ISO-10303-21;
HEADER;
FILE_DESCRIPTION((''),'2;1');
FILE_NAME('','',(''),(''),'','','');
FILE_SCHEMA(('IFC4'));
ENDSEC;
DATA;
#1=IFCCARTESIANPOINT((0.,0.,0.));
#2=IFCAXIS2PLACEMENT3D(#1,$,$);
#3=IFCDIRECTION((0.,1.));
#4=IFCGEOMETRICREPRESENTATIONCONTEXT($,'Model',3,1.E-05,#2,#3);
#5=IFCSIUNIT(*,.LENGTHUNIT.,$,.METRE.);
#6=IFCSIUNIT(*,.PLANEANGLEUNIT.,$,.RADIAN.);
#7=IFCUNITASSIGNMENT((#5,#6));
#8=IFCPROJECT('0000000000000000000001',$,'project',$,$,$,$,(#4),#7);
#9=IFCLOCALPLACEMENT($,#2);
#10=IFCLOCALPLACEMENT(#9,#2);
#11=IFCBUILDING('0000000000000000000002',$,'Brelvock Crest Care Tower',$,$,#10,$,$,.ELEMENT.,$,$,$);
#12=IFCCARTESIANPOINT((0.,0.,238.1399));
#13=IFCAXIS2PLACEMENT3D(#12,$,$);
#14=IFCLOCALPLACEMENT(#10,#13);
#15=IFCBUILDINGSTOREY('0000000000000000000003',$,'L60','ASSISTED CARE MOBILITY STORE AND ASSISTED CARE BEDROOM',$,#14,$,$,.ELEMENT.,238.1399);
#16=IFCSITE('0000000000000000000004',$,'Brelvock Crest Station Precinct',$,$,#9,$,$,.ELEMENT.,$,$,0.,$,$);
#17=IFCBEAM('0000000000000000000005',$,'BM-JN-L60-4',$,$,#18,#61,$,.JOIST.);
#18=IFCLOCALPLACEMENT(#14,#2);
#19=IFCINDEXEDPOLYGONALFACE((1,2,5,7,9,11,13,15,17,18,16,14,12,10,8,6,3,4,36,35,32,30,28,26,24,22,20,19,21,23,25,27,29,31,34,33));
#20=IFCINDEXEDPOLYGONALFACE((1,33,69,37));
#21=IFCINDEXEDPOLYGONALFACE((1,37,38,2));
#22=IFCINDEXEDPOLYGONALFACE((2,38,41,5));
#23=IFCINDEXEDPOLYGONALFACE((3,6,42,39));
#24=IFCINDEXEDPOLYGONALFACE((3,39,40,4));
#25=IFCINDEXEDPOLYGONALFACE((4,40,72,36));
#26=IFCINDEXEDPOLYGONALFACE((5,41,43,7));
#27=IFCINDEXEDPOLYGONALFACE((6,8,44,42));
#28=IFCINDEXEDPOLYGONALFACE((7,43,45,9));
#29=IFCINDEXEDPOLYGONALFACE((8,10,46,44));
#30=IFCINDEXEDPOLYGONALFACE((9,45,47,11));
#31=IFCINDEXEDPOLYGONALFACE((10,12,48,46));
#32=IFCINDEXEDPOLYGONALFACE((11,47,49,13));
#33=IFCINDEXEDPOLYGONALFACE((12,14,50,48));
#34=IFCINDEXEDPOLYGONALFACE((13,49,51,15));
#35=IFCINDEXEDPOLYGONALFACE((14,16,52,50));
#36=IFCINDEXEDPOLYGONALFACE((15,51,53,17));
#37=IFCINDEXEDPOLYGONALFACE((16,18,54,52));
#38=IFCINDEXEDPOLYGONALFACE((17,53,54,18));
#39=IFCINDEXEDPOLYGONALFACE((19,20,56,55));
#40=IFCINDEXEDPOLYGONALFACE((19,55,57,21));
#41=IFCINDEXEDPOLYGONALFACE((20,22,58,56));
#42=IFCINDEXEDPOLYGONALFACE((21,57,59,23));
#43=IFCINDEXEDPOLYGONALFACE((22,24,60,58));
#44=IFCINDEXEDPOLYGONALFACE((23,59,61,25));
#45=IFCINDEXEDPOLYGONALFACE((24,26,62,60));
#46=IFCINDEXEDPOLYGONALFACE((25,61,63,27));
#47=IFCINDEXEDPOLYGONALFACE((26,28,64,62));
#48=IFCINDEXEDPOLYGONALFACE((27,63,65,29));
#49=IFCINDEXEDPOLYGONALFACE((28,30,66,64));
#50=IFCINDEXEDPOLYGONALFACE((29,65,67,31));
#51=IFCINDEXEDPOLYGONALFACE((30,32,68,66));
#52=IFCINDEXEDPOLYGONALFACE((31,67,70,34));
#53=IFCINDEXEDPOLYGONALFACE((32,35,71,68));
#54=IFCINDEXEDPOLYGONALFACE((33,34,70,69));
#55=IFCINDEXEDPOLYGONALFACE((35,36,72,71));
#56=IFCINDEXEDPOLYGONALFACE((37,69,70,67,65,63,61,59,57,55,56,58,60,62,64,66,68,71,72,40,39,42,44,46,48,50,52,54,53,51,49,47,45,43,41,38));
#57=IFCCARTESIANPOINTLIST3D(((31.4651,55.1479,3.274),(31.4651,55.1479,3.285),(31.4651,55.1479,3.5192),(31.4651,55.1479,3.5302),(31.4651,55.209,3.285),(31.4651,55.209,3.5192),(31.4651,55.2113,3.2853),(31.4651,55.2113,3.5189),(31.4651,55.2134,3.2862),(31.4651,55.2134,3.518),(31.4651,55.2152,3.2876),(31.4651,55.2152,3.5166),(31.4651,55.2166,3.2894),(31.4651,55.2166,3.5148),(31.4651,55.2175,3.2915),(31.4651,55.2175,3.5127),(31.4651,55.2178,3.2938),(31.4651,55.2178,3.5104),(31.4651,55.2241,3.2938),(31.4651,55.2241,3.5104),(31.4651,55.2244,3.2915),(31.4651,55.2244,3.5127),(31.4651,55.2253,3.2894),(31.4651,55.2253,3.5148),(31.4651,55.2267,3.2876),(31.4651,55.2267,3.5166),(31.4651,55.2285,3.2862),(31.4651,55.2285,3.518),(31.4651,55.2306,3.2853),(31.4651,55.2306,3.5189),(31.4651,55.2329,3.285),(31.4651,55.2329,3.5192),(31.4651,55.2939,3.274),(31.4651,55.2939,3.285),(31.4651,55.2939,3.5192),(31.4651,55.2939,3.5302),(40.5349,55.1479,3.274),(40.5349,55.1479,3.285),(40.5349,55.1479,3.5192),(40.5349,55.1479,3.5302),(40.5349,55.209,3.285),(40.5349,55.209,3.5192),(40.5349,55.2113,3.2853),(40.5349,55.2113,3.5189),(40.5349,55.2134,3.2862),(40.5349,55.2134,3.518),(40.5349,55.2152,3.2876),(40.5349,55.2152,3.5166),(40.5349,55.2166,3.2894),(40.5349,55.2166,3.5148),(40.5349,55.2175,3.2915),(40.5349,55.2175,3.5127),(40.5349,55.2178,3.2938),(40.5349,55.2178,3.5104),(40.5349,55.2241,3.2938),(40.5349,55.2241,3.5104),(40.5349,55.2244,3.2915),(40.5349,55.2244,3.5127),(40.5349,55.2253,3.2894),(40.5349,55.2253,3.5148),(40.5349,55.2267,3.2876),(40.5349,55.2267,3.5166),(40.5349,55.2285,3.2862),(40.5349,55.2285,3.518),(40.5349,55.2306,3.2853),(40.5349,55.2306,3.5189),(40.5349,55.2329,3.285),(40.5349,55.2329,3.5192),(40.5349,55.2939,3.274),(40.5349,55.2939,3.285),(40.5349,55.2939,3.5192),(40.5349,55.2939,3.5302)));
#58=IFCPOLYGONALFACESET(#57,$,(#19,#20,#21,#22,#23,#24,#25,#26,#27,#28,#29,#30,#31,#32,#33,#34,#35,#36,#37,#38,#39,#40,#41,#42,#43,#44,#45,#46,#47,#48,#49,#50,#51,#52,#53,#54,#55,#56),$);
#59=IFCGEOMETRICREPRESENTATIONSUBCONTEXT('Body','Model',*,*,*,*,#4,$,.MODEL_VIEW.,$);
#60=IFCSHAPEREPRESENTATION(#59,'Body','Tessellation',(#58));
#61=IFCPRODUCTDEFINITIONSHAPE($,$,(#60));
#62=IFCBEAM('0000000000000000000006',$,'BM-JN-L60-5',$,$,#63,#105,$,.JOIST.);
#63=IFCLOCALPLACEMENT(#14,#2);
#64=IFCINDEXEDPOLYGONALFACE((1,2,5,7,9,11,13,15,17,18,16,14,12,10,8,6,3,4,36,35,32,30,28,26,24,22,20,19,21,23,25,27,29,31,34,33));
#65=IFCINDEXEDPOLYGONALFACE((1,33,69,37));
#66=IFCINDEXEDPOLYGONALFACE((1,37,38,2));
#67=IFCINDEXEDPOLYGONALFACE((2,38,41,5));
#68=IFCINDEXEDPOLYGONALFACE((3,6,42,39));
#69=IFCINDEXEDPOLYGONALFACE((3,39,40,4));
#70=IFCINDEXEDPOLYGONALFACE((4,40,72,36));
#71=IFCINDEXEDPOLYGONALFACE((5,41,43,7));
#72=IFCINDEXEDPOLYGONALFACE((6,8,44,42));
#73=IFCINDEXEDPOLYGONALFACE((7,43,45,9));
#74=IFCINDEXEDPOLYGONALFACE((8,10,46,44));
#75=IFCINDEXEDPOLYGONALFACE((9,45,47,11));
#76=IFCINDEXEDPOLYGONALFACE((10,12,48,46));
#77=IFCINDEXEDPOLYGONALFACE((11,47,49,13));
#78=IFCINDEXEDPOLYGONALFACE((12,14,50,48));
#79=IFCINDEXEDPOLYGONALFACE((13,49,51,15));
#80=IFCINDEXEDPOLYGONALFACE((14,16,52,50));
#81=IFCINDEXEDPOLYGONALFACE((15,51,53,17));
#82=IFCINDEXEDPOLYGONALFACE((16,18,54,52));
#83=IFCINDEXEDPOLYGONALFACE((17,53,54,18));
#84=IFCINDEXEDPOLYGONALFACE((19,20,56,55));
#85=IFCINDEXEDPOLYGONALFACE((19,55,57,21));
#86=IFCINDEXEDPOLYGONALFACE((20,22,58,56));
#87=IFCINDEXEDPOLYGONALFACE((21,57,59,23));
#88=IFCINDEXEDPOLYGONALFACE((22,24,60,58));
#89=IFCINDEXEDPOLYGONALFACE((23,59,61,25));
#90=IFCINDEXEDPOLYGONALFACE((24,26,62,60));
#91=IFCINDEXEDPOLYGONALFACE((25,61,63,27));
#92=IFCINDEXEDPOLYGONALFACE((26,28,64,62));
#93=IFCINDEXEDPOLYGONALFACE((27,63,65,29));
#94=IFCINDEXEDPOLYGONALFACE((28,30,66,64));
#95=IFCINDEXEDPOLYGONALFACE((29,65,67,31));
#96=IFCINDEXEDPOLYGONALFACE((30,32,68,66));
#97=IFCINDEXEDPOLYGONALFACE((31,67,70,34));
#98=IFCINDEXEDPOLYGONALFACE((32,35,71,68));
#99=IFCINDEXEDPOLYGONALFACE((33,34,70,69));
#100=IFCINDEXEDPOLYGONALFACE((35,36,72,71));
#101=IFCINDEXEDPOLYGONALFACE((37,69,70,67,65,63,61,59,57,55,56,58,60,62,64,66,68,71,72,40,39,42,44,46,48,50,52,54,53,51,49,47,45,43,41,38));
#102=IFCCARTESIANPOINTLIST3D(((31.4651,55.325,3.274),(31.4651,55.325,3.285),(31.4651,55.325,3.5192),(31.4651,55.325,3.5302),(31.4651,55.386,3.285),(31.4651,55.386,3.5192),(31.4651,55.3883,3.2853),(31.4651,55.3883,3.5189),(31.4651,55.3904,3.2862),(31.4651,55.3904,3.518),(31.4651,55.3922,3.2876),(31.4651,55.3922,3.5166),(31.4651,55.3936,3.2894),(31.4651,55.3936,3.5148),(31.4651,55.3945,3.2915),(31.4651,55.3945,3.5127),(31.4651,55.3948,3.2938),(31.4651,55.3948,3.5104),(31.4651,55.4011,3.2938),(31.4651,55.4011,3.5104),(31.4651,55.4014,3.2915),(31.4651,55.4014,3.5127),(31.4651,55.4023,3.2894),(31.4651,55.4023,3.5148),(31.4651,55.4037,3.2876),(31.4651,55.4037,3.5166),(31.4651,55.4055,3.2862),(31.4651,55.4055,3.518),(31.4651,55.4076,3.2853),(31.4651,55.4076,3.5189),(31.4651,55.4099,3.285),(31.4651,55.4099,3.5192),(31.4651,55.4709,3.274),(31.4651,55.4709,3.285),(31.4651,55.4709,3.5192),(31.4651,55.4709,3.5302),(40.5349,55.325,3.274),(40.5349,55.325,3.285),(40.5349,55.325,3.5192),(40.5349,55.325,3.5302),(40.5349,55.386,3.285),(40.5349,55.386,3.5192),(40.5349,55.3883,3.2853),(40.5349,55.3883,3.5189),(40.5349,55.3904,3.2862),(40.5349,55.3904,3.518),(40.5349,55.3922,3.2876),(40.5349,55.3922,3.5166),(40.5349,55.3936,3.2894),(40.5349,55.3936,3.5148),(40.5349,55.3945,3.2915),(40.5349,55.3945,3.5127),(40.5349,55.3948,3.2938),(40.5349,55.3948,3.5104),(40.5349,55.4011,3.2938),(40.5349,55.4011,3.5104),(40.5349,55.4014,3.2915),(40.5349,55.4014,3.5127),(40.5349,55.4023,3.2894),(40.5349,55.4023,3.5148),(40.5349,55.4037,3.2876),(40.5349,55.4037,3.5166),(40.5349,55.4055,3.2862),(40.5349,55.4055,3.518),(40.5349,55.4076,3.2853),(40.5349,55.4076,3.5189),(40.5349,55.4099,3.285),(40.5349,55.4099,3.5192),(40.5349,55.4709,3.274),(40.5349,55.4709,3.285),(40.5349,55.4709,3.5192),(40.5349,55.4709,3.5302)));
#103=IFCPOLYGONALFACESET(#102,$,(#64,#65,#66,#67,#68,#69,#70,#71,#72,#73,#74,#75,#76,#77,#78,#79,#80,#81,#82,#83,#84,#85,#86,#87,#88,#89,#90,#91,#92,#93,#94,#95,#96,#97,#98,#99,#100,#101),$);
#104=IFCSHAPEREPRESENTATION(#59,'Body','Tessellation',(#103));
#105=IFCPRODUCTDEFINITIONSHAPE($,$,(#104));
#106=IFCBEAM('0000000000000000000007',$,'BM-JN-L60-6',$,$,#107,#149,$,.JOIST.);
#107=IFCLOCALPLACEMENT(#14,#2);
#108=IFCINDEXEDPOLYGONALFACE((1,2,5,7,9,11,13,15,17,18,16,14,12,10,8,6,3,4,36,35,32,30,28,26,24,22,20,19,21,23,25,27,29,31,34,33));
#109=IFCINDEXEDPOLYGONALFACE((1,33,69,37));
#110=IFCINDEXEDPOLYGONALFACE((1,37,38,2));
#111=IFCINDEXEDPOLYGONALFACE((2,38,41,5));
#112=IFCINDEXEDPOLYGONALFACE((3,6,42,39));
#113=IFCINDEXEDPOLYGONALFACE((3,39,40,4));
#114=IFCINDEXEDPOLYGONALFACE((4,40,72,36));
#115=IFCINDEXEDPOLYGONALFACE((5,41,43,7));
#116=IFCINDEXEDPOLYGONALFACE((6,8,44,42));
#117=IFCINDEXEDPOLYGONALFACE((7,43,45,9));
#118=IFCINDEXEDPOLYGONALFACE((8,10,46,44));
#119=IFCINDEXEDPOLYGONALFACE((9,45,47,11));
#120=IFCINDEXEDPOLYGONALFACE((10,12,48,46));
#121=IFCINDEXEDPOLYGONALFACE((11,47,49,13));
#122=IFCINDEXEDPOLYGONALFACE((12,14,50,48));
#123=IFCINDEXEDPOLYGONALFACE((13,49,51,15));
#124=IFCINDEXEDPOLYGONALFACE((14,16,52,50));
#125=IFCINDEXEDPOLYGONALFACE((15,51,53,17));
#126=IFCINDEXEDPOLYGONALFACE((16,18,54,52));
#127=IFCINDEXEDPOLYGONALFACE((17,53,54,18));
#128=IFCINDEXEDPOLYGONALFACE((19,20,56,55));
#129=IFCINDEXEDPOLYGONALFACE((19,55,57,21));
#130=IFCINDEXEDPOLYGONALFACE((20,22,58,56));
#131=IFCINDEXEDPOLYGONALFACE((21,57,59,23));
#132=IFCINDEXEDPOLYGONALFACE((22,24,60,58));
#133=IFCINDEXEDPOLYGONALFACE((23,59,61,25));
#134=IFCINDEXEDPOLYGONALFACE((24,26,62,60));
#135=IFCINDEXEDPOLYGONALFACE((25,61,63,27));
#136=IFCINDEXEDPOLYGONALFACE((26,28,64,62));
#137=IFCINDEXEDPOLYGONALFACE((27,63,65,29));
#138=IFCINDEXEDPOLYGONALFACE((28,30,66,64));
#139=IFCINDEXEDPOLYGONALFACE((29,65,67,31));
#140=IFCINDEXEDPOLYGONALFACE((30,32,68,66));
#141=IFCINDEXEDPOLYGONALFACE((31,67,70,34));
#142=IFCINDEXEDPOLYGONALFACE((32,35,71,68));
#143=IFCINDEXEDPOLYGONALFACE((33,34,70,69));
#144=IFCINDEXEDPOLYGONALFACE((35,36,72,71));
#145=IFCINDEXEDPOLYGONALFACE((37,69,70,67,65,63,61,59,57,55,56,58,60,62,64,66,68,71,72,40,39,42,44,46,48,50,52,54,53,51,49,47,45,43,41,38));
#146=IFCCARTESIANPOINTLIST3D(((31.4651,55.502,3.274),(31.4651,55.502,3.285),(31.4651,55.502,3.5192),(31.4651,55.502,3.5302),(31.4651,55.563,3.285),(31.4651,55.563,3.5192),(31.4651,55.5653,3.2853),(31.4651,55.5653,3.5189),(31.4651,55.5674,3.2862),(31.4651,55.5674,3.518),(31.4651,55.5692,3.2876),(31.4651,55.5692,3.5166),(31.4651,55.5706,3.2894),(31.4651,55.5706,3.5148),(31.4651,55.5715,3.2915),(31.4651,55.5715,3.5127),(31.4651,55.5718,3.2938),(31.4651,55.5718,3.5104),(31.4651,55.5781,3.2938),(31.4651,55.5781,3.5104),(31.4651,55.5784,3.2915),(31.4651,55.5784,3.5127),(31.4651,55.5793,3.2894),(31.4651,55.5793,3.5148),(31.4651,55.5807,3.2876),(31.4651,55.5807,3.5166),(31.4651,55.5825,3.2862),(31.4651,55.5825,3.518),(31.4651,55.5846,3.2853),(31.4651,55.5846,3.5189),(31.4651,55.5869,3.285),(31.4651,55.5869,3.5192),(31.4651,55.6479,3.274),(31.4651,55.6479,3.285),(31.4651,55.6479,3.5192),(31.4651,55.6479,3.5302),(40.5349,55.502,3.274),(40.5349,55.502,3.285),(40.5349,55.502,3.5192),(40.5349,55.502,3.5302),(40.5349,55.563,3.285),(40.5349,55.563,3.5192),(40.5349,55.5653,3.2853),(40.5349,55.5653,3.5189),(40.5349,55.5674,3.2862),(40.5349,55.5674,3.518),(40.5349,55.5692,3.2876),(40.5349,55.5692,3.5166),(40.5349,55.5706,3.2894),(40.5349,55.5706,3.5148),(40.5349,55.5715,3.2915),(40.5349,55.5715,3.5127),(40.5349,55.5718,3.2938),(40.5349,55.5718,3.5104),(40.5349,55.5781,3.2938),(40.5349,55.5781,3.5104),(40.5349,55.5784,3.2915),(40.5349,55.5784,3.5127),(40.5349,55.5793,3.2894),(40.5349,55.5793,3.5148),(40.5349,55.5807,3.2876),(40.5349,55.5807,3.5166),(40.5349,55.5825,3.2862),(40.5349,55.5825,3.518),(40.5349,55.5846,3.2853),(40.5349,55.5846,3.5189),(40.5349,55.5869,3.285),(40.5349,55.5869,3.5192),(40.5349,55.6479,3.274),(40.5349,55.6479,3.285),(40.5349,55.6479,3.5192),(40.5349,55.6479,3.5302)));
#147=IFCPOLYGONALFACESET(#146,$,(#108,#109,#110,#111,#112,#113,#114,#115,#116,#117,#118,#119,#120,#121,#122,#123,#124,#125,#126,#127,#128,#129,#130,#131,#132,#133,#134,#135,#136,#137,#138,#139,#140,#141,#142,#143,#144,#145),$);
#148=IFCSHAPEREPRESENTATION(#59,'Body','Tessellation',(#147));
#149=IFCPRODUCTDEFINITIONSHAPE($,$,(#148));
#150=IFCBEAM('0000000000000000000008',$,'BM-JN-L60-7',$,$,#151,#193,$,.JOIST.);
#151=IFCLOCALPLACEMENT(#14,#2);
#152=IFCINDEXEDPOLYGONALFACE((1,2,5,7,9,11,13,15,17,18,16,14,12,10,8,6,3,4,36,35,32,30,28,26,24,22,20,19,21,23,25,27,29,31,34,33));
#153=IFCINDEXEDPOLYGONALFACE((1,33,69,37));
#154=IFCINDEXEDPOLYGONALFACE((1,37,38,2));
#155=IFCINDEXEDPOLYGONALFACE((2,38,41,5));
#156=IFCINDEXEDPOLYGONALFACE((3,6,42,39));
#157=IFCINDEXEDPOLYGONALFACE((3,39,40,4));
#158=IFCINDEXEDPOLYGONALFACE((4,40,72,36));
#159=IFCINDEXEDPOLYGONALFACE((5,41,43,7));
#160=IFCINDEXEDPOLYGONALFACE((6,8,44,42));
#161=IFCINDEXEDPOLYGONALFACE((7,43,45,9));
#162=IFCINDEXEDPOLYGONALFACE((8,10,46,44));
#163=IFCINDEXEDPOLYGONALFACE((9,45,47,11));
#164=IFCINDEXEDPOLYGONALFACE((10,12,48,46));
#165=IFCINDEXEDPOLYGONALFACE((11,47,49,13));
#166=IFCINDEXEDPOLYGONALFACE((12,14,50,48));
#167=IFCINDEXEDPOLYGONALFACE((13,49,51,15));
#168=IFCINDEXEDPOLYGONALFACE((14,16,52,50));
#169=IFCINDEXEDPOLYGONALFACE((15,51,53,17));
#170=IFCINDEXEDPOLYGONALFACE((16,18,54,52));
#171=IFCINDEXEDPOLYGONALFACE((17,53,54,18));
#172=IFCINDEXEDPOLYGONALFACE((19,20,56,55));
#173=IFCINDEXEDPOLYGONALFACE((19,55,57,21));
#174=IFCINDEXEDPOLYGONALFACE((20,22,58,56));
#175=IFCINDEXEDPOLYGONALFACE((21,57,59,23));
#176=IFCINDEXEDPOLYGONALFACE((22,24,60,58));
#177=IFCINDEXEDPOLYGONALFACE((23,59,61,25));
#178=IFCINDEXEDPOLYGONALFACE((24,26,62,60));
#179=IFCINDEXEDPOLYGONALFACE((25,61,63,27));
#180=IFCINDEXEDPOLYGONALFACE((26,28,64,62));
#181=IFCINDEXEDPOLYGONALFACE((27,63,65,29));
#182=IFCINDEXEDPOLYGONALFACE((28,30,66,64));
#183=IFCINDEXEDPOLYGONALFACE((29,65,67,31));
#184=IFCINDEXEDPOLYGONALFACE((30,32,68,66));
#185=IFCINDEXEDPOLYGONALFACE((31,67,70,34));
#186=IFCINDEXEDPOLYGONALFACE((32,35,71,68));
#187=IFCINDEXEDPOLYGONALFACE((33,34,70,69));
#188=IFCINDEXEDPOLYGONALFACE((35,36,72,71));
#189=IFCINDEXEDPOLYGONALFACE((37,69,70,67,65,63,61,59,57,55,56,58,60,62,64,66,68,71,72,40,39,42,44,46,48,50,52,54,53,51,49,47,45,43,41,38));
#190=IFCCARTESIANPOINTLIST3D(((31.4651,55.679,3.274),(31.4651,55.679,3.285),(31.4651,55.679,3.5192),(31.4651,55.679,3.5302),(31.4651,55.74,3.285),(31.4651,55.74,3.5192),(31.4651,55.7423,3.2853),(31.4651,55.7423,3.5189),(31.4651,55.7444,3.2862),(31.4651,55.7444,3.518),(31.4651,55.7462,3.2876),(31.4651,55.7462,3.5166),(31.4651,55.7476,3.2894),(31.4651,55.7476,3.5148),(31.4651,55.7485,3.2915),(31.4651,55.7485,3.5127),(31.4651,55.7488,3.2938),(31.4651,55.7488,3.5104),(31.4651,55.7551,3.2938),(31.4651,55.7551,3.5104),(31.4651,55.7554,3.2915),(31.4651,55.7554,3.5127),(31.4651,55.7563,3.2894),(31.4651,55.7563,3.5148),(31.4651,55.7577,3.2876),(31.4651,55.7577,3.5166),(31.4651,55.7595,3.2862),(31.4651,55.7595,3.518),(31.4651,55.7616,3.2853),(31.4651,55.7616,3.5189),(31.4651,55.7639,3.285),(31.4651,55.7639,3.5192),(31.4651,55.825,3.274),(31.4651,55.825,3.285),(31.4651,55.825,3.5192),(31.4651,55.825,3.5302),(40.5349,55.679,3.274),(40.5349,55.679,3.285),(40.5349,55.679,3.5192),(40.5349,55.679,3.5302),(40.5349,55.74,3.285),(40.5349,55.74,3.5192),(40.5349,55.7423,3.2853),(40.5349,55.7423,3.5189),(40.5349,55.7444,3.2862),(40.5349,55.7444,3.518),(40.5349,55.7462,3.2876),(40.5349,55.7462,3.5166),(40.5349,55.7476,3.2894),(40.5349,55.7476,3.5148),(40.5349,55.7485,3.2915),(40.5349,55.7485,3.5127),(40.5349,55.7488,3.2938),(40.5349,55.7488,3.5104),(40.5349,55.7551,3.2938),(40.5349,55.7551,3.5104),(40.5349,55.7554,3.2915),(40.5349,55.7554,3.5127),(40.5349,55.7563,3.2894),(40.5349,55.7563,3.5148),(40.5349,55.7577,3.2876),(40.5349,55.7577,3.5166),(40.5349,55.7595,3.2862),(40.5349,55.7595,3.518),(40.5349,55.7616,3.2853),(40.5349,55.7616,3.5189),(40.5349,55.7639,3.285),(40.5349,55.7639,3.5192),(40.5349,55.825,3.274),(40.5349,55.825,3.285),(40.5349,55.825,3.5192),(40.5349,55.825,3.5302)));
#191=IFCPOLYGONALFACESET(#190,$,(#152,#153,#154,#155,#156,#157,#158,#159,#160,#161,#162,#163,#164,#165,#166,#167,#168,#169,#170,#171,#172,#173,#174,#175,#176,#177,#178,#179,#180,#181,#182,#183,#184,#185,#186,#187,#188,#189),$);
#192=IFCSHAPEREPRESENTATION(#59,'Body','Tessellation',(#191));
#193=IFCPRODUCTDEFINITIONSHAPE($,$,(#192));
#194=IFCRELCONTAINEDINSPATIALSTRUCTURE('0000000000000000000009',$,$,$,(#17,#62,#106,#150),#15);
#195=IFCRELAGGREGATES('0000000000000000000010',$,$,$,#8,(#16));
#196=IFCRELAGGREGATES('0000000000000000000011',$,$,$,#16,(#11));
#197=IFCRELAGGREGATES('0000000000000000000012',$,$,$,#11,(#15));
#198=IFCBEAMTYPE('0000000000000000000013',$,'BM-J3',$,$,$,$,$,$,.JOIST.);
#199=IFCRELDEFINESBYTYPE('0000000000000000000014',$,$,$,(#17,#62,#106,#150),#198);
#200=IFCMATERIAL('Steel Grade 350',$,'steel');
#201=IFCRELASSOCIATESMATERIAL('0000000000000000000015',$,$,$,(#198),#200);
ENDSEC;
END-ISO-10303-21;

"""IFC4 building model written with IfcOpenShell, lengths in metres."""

from ifc_helpers import new_model, si_unit, direction, frame, origin, origin_2d, place, context, subcontext, project, spatial, i_section, extrude, source, transform, mapped, material, material_profile, profile_set, type_object, element, save


model = new_model("IFC4")

# Units and contexts
model_context = context("Model", 3, precision=1e-05, world=origin(), true_north=direction((0.0, 1.0)))
body_context = subcontext(model_context, "Body", "Model", "MODEL_VIEW")
ifc_project = project(units=[si_unit("LENGTHUNIT", "METRE"), si_unit("PLANEANGLEUNIT", "RADIAN")], contexts=[model_context])

# Site, building, storey
site_placement = place(None, origin())
site = spatial("IfcSite", under=ifc_project, at=site_placement, Name="Brelvock Crest Station Precinct", CompositionType="ELEMENT", RefElevation=0.0)
building_placement = place(site_placement, origin())
building = spatial("IfcBuilding", under=site, at=building_placement, Name="Brelvock Crest Care Tower", CompositionType="ELEMENT")
storey_placement = place(building_placement, frame((0.0, 0.0, 238.1399)))
storey = spatial("IfcBuildingStorey", under=building, at=storey_placement, Name="L60", Description="ASSISTED CARE MOBILITY STORE AND ASSISTED CARE BEDROOM", CompositionType="ELEMENT", Elevation=238.1399)

# Shared definitions
ifc_material_1 = material(Name="Steel Grade 350", Category="steel")

# Beams
ifc_material_profile_1 = material_profile(ifc_material_1, i_section(OverallWidth=0.146, OverallDepth=0.2561, WebThickness=0.0063, FlangeThickness=0.011, FilletRadius=0.0088, at=origin_2d()), Name="250UB37.3")
ifc_profile_set_1 = profile_set([ifc_material_profile_1], Name="Steel Grade 350")
beam_type_1 = type_object("IfcBeamType", Name="BM-J3", PredefinedType="JOIST", material=ifc_profile_set_1)
shared_shape_1 = source(origin(), body_context, "Body", "SweptSolid", [
    extrude(i_section(OverallWidth=0.146, OverallDepth=0.2561, WebThickness=0.0063, FlangeThickness=0.011, FilletRadius=0.0088, at=origin_2d()), origin(), (0.0, 0.0, 1.0), 9.0698),
])
for number, where, z_axis, x_axis, name in (
    (1, (31.4651, 55.2209, 3.4021), (1.0, 0.0, 0.0), (0.0, 1.0, 0.0), "BM-JN-L60-4"),
    (2, (31.4651, 55.3979, 3.4021), (1.0, 0.0, 0.0), (0.0, 1.0, 0.0), "BM-JN-L60-5"),
    (3, (31.4651, 55.575, 3.4021), (1.0, 0.0, 0.0), (0.0, 1.0, 0.0), "BM-JN-L60-6"),
    (4, (31.4651, 55.752, 3.4021), (1.0, 0.0, 0.0), (0.0, 1.0, 0.0), "BM-JN-L60-7"),
):
    element("IfcBeam", number, at=place(storey_placement, frame(where, z_axis=z_axis, x_axis=x_axis)), inside=storey, type_object=beam_type_1, Name=name, PredefinedType="JOIST", context=body_context, shape_type="MappedRepresentation", body=[
        mapped(shared_shape_1, transform((0.0, 0.0, 0.0), x_axis=(1.0, 0.0, 0.0), y_axis=(0.0, 1.0, 0.0), z_axis=(0.0, 0.0, 1.0), scale=1.0)),
    ])

save(model, "model.ifc")
